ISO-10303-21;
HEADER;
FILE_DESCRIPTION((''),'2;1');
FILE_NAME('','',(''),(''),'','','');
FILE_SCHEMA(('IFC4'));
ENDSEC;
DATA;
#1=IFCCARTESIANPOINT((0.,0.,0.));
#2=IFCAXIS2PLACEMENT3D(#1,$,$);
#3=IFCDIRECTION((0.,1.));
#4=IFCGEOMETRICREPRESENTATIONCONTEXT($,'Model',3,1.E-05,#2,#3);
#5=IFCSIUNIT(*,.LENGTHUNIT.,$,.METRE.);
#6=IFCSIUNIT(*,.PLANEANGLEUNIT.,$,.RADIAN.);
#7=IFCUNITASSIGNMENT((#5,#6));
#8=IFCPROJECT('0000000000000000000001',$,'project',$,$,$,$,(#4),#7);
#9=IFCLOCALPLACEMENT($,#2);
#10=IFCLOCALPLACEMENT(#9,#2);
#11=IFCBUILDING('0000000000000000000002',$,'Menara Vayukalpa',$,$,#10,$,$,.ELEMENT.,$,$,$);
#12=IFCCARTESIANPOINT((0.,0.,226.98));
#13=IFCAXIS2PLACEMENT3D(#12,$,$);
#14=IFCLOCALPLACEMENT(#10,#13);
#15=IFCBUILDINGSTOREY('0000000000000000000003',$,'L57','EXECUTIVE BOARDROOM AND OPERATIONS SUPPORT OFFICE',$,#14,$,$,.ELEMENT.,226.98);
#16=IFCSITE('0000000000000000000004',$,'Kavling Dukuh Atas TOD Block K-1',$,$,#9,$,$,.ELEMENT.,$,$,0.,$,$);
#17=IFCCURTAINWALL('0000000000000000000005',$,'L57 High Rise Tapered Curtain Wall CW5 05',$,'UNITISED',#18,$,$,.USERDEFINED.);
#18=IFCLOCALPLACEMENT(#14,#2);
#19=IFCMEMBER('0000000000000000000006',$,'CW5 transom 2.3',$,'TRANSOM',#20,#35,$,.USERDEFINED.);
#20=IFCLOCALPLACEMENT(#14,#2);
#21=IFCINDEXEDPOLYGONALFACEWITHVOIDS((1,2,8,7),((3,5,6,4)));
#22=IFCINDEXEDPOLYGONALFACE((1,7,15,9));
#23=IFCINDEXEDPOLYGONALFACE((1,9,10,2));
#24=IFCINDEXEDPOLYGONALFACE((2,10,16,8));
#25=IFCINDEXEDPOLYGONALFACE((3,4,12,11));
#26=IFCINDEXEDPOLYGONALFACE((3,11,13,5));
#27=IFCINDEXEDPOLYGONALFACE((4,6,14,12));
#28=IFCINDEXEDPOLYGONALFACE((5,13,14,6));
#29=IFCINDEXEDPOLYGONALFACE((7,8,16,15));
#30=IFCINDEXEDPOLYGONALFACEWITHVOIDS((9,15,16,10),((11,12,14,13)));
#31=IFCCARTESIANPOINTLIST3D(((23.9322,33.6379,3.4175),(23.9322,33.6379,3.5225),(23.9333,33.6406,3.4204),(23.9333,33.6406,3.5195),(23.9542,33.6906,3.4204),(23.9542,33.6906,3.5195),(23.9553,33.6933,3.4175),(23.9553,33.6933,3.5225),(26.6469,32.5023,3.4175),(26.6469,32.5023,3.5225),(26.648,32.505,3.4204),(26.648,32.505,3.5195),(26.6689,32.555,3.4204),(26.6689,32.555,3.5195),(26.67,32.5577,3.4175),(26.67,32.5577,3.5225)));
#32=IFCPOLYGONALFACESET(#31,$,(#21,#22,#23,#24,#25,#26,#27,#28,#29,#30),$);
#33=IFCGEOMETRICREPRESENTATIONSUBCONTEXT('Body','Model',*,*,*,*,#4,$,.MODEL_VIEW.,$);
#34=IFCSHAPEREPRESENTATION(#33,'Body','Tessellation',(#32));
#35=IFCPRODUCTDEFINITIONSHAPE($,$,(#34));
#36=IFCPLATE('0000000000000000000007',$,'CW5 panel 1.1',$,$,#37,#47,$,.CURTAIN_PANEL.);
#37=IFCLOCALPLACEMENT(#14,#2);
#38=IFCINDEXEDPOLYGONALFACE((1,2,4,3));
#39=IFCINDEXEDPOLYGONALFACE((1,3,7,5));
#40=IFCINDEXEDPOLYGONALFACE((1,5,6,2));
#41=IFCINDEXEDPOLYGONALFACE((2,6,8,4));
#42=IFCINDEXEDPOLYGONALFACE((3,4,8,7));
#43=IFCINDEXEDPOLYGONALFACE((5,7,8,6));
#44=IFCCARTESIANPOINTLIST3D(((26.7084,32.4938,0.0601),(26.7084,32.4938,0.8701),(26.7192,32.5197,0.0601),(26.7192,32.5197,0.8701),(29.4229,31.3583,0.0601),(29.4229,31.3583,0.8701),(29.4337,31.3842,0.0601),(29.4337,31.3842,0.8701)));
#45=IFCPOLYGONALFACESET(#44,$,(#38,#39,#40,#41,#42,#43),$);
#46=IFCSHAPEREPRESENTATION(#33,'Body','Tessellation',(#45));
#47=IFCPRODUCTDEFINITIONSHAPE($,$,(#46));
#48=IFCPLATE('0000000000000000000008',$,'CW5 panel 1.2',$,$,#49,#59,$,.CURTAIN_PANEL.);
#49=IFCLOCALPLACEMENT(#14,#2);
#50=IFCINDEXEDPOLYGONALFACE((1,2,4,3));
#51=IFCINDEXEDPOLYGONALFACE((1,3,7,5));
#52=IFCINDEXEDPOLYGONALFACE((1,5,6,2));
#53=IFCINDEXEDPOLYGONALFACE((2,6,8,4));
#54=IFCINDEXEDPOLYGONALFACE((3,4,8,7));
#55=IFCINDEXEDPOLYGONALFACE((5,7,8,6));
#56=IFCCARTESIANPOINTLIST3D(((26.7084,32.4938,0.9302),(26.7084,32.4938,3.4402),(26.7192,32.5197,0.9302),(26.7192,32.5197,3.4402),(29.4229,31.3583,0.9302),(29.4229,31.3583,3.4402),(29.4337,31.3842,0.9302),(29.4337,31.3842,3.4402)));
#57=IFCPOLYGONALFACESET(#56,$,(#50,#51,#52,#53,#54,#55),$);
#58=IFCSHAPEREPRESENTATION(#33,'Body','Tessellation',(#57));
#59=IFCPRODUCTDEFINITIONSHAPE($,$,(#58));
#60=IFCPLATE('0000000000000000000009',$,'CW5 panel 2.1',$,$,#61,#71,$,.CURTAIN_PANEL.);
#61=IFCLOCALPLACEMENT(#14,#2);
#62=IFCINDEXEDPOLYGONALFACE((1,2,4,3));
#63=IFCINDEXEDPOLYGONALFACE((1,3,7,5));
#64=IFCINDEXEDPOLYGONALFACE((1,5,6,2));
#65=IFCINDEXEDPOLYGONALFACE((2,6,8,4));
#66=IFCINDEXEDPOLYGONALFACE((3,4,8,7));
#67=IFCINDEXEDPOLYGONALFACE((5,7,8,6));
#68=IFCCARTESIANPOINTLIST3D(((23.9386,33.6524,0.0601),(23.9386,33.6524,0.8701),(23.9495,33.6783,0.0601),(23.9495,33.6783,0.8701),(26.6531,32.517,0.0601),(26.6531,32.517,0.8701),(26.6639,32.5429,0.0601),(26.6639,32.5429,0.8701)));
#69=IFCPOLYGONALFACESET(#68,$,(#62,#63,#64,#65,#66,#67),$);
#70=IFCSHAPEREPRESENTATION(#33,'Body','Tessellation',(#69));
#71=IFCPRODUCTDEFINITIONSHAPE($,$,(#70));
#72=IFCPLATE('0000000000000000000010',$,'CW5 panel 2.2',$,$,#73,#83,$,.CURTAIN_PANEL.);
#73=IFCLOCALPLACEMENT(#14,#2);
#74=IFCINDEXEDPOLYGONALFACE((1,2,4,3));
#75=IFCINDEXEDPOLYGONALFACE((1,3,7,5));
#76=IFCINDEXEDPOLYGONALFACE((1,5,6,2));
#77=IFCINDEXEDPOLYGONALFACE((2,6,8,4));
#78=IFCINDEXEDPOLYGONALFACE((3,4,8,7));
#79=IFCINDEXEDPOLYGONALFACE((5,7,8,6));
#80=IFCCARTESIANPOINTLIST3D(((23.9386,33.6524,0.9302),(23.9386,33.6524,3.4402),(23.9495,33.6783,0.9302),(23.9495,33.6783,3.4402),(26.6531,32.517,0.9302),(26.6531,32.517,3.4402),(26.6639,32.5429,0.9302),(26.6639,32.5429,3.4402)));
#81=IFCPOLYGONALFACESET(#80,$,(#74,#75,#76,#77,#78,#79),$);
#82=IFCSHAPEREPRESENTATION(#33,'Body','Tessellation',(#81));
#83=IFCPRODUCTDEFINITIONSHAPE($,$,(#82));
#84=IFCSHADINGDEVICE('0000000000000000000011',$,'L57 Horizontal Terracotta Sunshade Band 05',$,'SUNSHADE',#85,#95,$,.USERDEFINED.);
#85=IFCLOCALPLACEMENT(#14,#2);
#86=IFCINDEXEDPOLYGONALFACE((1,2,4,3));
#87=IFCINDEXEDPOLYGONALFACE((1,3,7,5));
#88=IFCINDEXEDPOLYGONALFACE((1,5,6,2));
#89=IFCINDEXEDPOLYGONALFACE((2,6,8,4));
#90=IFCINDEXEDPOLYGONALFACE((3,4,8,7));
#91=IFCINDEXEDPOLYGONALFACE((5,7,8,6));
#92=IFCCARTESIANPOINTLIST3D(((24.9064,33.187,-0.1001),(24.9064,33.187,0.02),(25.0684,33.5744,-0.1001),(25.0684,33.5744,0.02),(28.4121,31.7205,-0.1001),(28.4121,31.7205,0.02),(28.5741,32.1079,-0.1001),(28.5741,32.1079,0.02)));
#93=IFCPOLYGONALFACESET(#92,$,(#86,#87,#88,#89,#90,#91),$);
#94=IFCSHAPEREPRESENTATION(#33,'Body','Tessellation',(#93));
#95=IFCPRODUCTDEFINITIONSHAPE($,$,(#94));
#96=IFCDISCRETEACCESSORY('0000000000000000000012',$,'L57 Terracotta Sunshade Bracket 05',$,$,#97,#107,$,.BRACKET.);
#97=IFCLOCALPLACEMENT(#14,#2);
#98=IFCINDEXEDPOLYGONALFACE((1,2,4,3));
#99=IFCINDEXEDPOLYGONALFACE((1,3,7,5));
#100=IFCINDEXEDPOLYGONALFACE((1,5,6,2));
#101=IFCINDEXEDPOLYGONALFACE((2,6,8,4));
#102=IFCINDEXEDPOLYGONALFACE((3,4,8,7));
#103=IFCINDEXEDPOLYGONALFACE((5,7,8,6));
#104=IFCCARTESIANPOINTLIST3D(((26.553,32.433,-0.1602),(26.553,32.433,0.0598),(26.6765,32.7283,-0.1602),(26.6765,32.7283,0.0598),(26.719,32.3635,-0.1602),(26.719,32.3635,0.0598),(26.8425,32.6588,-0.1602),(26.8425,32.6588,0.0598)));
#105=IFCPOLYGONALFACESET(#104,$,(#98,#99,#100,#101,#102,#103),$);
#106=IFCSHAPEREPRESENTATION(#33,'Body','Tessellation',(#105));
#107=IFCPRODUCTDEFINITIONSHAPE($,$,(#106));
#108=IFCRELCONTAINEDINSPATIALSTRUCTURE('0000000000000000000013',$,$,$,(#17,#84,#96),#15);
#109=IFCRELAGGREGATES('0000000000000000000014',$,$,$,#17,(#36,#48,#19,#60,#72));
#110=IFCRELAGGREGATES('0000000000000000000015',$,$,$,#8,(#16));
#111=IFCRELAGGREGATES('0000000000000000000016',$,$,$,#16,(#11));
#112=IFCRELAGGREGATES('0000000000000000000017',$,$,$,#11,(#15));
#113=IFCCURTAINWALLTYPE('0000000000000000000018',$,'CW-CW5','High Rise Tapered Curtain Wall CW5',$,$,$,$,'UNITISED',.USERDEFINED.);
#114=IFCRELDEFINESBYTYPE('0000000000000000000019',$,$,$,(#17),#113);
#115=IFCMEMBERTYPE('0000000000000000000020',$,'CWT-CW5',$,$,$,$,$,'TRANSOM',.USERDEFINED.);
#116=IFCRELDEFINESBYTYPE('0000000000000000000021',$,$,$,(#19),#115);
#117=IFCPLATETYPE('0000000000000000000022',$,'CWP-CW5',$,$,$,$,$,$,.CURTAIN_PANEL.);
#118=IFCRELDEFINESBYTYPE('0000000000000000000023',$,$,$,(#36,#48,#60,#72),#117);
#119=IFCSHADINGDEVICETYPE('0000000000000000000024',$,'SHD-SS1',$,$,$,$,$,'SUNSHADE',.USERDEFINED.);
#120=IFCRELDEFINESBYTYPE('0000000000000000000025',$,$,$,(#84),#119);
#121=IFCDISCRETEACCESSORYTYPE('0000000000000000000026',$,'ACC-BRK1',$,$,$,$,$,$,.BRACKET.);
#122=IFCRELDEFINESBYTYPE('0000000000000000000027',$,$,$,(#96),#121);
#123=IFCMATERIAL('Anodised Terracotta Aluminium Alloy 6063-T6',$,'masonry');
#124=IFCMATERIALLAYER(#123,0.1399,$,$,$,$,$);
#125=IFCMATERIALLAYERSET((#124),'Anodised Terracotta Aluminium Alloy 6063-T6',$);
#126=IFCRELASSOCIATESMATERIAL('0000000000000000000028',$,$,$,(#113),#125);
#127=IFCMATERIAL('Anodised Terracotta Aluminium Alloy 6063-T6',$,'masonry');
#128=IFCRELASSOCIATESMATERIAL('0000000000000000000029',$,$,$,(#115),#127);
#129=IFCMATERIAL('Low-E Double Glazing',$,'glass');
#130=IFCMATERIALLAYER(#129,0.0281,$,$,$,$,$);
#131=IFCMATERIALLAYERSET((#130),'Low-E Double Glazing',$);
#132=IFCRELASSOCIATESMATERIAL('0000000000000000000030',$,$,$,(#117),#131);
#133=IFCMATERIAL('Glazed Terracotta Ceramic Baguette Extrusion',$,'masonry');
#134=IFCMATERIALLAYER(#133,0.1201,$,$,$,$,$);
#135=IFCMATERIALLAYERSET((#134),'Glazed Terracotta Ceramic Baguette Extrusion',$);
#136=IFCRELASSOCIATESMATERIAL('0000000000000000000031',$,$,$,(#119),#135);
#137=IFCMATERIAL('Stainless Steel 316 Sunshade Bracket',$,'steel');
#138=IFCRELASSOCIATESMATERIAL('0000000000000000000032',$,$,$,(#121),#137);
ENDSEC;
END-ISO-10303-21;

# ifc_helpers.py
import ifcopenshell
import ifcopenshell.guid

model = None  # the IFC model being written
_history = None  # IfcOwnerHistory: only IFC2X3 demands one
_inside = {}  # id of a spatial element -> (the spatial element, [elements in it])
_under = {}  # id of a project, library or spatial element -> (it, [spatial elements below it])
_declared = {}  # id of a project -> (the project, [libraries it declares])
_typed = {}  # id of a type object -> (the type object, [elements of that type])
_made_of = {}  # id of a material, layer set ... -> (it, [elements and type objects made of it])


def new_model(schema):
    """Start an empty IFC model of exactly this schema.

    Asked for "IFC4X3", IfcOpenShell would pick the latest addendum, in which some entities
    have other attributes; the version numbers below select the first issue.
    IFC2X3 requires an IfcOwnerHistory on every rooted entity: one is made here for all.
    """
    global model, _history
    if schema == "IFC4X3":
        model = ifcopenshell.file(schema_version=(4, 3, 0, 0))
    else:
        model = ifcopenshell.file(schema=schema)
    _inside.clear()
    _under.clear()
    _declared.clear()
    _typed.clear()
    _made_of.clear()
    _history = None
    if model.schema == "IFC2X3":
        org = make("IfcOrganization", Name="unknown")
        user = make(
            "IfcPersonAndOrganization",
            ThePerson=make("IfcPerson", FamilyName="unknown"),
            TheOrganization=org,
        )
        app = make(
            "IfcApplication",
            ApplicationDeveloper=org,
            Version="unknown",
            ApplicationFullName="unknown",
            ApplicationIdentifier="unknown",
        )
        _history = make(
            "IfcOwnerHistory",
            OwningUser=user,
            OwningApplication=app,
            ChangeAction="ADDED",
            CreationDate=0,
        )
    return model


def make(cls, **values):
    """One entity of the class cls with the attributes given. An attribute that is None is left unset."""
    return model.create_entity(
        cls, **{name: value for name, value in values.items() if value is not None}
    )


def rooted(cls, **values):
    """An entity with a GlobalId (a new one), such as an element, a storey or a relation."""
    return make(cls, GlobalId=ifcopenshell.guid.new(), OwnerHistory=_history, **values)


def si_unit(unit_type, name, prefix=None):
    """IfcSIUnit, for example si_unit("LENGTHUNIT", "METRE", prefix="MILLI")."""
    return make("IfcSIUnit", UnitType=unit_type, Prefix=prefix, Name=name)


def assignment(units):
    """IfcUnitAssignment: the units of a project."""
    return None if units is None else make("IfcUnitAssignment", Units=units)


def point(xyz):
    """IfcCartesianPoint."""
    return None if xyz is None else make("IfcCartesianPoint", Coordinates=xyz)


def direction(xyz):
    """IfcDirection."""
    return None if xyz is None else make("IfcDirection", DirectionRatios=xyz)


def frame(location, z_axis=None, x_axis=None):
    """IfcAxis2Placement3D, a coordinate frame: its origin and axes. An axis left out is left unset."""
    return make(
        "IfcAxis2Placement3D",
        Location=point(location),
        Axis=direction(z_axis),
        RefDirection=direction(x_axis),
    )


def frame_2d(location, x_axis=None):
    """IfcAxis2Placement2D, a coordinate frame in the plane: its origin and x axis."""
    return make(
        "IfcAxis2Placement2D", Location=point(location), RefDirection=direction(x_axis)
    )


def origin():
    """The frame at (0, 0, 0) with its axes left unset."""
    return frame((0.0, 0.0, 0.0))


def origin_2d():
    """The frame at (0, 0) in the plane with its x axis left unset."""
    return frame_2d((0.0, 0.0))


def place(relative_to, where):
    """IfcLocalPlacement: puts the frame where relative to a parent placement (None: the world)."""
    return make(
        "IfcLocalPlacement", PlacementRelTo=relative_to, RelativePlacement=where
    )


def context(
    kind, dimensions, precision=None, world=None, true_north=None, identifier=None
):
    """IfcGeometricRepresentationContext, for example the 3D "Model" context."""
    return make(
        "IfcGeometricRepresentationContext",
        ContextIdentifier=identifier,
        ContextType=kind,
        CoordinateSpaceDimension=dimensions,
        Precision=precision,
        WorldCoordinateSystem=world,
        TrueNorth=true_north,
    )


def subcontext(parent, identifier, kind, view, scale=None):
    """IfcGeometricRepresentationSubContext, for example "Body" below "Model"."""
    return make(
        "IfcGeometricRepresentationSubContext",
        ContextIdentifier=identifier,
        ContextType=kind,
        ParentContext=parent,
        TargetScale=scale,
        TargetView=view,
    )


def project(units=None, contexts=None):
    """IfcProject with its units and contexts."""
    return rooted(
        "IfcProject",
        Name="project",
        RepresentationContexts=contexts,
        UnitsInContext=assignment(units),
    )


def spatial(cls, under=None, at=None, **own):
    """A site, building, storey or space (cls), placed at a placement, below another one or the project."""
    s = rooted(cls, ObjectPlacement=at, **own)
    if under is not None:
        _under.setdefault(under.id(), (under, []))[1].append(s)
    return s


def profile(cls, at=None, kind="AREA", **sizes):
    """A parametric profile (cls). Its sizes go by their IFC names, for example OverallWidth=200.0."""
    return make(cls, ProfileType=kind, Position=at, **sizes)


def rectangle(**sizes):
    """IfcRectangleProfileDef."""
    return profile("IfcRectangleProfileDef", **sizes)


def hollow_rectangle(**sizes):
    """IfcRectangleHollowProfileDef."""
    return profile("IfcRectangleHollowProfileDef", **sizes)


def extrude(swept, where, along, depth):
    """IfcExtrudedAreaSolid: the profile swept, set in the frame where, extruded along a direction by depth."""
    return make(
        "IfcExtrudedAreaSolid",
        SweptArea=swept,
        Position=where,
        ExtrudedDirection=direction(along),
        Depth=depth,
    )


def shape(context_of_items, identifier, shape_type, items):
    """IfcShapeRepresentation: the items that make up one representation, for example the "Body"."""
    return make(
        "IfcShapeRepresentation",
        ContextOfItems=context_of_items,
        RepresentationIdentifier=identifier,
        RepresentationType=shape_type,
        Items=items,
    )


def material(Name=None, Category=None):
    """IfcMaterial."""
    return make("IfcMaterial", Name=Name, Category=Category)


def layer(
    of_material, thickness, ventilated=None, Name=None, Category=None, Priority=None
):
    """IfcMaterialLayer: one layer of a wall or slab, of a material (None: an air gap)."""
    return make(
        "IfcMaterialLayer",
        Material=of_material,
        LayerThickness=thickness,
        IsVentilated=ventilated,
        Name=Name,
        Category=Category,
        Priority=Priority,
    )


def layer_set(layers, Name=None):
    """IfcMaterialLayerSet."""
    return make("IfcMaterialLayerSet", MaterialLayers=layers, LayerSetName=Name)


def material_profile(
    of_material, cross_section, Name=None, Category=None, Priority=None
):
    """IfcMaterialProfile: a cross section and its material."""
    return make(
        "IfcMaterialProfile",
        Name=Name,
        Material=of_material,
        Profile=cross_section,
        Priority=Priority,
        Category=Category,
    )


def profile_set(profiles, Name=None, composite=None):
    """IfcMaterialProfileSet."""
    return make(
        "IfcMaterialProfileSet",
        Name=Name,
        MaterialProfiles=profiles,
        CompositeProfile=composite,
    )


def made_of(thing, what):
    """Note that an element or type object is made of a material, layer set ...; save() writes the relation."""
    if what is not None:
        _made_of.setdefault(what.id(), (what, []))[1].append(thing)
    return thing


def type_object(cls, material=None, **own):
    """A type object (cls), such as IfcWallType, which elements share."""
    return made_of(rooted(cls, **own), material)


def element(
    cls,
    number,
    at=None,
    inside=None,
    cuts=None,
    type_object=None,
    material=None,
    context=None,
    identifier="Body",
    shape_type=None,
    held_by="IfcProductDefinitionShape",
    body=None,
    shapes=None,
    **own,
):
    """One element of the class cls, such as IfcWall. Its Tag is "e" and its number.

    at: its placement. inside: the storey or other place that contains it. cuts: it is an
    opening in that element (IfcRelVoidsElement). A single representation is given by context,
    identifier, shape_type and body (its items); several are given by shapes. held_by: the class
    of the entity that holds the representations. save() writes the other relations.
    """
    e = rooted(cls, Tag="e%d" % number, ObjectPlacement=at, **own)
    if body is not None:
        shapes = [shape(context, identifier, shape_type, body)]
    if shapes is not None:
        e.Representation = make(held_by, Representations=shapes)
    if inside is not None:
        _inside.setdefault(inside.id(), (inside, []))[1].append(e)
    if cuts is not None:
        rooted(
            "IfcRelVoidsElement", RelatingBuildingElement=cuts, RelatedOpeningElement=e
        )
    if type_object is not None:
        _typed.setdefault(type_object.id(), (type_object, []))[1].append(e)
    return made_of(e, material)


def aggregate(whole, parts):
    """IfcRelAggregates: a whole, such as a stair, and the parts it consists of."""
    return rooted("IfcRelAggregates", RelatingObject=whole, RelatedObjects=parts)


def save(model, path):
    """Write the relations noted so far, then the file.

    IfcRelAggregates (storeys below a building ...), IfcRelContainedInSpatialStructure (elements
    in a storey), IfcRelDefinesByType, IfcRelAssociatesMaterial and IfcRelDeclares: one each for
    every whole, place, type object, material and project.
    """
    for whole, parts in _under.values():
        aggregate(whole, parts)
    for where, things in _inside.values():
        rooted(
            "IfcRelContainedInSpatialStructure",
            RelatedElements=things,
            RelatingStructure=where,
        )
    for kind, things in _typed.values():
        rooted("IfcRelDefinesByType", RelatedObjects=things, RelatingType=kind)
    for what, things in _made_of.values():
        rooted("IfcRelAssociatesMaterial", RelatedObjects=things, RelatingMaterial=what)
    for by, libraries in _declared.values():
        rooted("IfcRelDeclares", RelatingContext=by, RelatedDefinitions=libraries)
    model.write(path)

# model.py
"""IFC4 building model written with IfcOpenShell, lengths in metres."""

from ifc_helpers import new_model, si_unit, direction, frame, origin, origin_2d, place, context, subcontext, project, spatial, rectangle, hollow_rectangle, extrude, material, layer, layer_set, material_profile, profile_set, type_object, element, aggregate, save


model = new_model("IFC4")

# Units and contexts
model_context = context("Model", 3, precision=1e-05, world=origin(), true_north=direction((0.0, 1.0)))
body_context = subcontext(model_context, "Body", "Model", "MODEL_VIEW")
ifc_project = project(units=[si_unit("LENGTHUNIT", "METRE"), si_unit("PLANEANGLEUNIT", "RADIAN")], contexts=[model_context])

# Site, building, storey
site_placement = place(None, origin())
site = spatial("IfcSite", under=ifc_project, at=site_placement, Name="Kavling Dukuh Atas TOD Block K-1", CompositionType="ELEMENT", RefElevation=0.0)
building_placement = place(site_placement, origin())
building = spatial("IfcBuilding", under=site, at=building_placement, Name="Menara Vayukalpa", CompositionType="ELEMENT")
storey_placement = place(building_placement, frame((0.0, 0.0, 226.98)))
storey = spatial("IfcBuildingStorey", under=building, at=storey_placement, Name="L57", Description="EXECUTIVE BOARDROOM AND OPERATIONS SUPPORT OFFICE", CompositionType="ELEMENT", Elevation=226.98)

# Curtain wall, member, plates
ifc_material_1 = material(Name="Anodised Terracotta Aluminium Alloy 6063-T6", Category="masonry")
ifc_layer_1 = layer(ifc_material_1, 0.1399)
ifc_layer_set_1 = layer_set([ifc_layer_1], Name="Anodised Terracotta Aluminium Alloy 6063-T6")
curtain_wall_type = type_object("IfcCurtainWallType", Name="CW-CW5", Description="High Rise Tapered Curtain Wall CW5", ElementType="UNITISED", PredefinedType="USERDEFINED", material=ifc_layer_set_1)
curtain_wall_placement = place(storey_placement, origin())
curtain_wall = element("IfcCurtainWall", 1, at=curtain_wall_placement, inside=storey, type_object=curtain_wall_type, Name="L57 High Rise Tapered Curtain Wall CW5 05", ObjectType="UNITISED", PredefinedType="USERDEFINED")
ifc_material_2 = material(Name="Anodised Terracotta Aluminium Alloy 6063-T6", Category="masonry")
ifc_material_profile_1 = material_profile(ifc_material_2, hollow_rectangle(XDim=0.0601, YDim=0.105, WallThickness=0.0029, at=origin_2d()), Name="ALU 60x105x3")
ifc_profile_set_1 = profile_set([ifc_material_profile_1], Name="Anodised Terracotta Aluminium Alloy 6063-T6")
member_type_1 = type_object("IfcMemberType", Name="CWT-CW5", ElementType="TRANSOM", PredefinedType="USERDEFINED", material=ifc_profile_set_1)
member_1_placement = place(storey_placement, frame((26.6584, 32.53, 3.47), z_axis=(-0.922543, 0.385893, 0.0), x_axis=(-0.385893, -0.922543, 0.0)))
member_1 = element("IfcMember", 2, at=member_1_placement, type_object=member_type_1, Name="CW5 transom 2.3", ObjectType="TRANSOM", PredefinedType="USERDEFINED", context=body_context, shape_type="SweptSolid", body=[
    extrude(hollow_rectangle(XDim=0.0601, YDim=0.105, WallThickness=0.0029, at=origin_2d()), origin(), (0.0, 0.0, 1.0), 2.9426),
])
ifc_material_3 = material(Name="Low-E Double Glazing", Category="glass")
ifc_layer_2 = layer(ifc_material_3, 0.0281)
ifc_layer_set_2 = layer_set([ifc_layer_2], Name="Low-E Double Glazing")
plate_type = type_object("IfcPlateType", Name="CWP-CW5", PredefinedType="CURTAIN_PANEL", material=ifc_layer_set_2)
plate_1_placement = place(storey_placement, frame((28.071, 31.939, 0.0601), z_axis=(0.0, 0.0, 1.0), x_axis=(-0.922539, 0.385903, 0.0)))
plate_1 = element("IfcPlate", 3, at=plate_1_placement, type_object=plate_type, Name="CW5 panel 1.1", PredefinedType="CURTAIN_PANEL", context=body_context, shape_type="SweptSolid", body=[
    extrude(rectangle(XDim=2.9424, YDim=0.0281, at=origin_2d()), origin(), (0.0, 0.0, 1.0), 0.8101),
])
plate_2_placement = place(storey_placement, frame((28.071, 31.939, 0.9302), z_axis=(0.0, 0.0, 1.0), x_axis=(-0.922539, 0.385903, 0.0)))
plate_2 = element("IfcPlate", 4, at=plate_2_placement, type_object=plate_type, Name="CW5 panel 1.2", PredefinedType="CURTAIN_PANEL", context=body_context, shape_type="SweptSolid", body=[
    extrude(rectangle(XDim=2.9424, YDim=0.0281, at=origin_2d()), origin(), (0.0, 0.0, 1.0), 2.51),
])
plate_3_placement = place(storey_placement, frame((25.3013, 33.0977, 0.0601), z_axis=(0.0, 0.0, 1.0), x_axis=(-0.922539, 0.385903, 0.0)))
plate_3 = element("IfcPlate", 5, at=plate_3_placement, type_object=plate_type, Name="CW5 panel 2.1", PredefinedType="CURTAIN_PANEL", context=body_context, shape_type="SweptSolid", body=[
    extrude(rectangle(XDim=2.9424, YDim=0.0281, at=origin_2d()), origin(), (0.0, 0.0, 1.0), 0.8101),
])
plate_4_placement = place(storey_placement, frame((25.3013, 33.0977, 0.9302), z_axis=(0.0, 0.0, 1.0), x_axis=(-0.922539, 0.385903, 0.0)))
plate_4 = element("IfcPlate", 6, at=plate_4_placement, type_object=plate_type, Name="CW5 panel 2.2", PredefinedType="CURTAIN_PANEL", context=body_context, shape_type="SweptSolid", body=[
    extrude(rectangle(XDim=2.9424, YDim=0.0281, at=origin_2d()), origin(), (0.0, 0.0, 1.0), 2.51),
])
aggregate(curtain_wall, [plate_1, plate_2, member_1, plate_3, plate_4])

# Shading device
ifc_material_4 = material(Name="Glazed Terracotta Ceramic Baguette Extrusion", Category="masonry")
ifc_layer_3 = layer(ifc_material_4, 0.1201)
ifc_layer_set_3 = layer_set([ifc_layer_3], Name="Glazed Terracotta Ceramic Baguette Extrusion")
shading_device_type = type_object("IfcShadingDeviceType", Name="SHD-SS1", ElementType="SUNSHADE", PredefinedType="USERDEFINED", material=ifc_layer_set_3)
shading_device_placement = place(storey_placement, frame((26.7402, 32.6475, -0.1001), z_axis=(0.0, 0.0, 1.0), x_axis=(-0.922538, 0.385906, 0.0)))
element("IfcShadingDevice", 7, at=shading_device_placement, inside=storey, type_object=shading_device_type, Name="L57 Horizontal Terracotta Sunshade Band 05", ObjectType="SUNSHADE", PredefinedType="USERDEFINED", context=body_context, shape_type="SweptSolid", body=[
    extrude(rectangle(XDim=3.8, YDim=0.4199, at=origin_2d()), origin(), (0.0, 0.0, 1.0), 0.1201),
])

# Discrete accessory
ifc_material_5 = material(Name="Stainless Steel 316 Sunshade Bracket", Category="steel")
discrete_accessory_type = type_object("IfcDiscreteAccessoryType", Name="ACC-BRK1", PredefinedType="BRACKET", material=ifc_material_5)
discrete_accessory_placement = place(storey_placement, frame((26.6978, 32.5459, -0.1602), z_axis=(0.0, 0.0, 1.0), x_axis=(-0.922538, 0.385906, 0.0)))
element("IfcDiscreteAccessory", 8, at=discrete_accessory_placement, inside=storey, type_object=discrete_accessory_type, Name="L57 Terracotta Sunshade Bracket 05", PredefinedType="BRACKET", context=body_context, shape_type="SweptSolid", body=[
    extrude(rectangle(XDim=0.1799, YDim=0.3201, at=origin_2d()), origin(), (0.0, 0.0, 1.0), 0.22),
])

save(model, "model.ifc")
